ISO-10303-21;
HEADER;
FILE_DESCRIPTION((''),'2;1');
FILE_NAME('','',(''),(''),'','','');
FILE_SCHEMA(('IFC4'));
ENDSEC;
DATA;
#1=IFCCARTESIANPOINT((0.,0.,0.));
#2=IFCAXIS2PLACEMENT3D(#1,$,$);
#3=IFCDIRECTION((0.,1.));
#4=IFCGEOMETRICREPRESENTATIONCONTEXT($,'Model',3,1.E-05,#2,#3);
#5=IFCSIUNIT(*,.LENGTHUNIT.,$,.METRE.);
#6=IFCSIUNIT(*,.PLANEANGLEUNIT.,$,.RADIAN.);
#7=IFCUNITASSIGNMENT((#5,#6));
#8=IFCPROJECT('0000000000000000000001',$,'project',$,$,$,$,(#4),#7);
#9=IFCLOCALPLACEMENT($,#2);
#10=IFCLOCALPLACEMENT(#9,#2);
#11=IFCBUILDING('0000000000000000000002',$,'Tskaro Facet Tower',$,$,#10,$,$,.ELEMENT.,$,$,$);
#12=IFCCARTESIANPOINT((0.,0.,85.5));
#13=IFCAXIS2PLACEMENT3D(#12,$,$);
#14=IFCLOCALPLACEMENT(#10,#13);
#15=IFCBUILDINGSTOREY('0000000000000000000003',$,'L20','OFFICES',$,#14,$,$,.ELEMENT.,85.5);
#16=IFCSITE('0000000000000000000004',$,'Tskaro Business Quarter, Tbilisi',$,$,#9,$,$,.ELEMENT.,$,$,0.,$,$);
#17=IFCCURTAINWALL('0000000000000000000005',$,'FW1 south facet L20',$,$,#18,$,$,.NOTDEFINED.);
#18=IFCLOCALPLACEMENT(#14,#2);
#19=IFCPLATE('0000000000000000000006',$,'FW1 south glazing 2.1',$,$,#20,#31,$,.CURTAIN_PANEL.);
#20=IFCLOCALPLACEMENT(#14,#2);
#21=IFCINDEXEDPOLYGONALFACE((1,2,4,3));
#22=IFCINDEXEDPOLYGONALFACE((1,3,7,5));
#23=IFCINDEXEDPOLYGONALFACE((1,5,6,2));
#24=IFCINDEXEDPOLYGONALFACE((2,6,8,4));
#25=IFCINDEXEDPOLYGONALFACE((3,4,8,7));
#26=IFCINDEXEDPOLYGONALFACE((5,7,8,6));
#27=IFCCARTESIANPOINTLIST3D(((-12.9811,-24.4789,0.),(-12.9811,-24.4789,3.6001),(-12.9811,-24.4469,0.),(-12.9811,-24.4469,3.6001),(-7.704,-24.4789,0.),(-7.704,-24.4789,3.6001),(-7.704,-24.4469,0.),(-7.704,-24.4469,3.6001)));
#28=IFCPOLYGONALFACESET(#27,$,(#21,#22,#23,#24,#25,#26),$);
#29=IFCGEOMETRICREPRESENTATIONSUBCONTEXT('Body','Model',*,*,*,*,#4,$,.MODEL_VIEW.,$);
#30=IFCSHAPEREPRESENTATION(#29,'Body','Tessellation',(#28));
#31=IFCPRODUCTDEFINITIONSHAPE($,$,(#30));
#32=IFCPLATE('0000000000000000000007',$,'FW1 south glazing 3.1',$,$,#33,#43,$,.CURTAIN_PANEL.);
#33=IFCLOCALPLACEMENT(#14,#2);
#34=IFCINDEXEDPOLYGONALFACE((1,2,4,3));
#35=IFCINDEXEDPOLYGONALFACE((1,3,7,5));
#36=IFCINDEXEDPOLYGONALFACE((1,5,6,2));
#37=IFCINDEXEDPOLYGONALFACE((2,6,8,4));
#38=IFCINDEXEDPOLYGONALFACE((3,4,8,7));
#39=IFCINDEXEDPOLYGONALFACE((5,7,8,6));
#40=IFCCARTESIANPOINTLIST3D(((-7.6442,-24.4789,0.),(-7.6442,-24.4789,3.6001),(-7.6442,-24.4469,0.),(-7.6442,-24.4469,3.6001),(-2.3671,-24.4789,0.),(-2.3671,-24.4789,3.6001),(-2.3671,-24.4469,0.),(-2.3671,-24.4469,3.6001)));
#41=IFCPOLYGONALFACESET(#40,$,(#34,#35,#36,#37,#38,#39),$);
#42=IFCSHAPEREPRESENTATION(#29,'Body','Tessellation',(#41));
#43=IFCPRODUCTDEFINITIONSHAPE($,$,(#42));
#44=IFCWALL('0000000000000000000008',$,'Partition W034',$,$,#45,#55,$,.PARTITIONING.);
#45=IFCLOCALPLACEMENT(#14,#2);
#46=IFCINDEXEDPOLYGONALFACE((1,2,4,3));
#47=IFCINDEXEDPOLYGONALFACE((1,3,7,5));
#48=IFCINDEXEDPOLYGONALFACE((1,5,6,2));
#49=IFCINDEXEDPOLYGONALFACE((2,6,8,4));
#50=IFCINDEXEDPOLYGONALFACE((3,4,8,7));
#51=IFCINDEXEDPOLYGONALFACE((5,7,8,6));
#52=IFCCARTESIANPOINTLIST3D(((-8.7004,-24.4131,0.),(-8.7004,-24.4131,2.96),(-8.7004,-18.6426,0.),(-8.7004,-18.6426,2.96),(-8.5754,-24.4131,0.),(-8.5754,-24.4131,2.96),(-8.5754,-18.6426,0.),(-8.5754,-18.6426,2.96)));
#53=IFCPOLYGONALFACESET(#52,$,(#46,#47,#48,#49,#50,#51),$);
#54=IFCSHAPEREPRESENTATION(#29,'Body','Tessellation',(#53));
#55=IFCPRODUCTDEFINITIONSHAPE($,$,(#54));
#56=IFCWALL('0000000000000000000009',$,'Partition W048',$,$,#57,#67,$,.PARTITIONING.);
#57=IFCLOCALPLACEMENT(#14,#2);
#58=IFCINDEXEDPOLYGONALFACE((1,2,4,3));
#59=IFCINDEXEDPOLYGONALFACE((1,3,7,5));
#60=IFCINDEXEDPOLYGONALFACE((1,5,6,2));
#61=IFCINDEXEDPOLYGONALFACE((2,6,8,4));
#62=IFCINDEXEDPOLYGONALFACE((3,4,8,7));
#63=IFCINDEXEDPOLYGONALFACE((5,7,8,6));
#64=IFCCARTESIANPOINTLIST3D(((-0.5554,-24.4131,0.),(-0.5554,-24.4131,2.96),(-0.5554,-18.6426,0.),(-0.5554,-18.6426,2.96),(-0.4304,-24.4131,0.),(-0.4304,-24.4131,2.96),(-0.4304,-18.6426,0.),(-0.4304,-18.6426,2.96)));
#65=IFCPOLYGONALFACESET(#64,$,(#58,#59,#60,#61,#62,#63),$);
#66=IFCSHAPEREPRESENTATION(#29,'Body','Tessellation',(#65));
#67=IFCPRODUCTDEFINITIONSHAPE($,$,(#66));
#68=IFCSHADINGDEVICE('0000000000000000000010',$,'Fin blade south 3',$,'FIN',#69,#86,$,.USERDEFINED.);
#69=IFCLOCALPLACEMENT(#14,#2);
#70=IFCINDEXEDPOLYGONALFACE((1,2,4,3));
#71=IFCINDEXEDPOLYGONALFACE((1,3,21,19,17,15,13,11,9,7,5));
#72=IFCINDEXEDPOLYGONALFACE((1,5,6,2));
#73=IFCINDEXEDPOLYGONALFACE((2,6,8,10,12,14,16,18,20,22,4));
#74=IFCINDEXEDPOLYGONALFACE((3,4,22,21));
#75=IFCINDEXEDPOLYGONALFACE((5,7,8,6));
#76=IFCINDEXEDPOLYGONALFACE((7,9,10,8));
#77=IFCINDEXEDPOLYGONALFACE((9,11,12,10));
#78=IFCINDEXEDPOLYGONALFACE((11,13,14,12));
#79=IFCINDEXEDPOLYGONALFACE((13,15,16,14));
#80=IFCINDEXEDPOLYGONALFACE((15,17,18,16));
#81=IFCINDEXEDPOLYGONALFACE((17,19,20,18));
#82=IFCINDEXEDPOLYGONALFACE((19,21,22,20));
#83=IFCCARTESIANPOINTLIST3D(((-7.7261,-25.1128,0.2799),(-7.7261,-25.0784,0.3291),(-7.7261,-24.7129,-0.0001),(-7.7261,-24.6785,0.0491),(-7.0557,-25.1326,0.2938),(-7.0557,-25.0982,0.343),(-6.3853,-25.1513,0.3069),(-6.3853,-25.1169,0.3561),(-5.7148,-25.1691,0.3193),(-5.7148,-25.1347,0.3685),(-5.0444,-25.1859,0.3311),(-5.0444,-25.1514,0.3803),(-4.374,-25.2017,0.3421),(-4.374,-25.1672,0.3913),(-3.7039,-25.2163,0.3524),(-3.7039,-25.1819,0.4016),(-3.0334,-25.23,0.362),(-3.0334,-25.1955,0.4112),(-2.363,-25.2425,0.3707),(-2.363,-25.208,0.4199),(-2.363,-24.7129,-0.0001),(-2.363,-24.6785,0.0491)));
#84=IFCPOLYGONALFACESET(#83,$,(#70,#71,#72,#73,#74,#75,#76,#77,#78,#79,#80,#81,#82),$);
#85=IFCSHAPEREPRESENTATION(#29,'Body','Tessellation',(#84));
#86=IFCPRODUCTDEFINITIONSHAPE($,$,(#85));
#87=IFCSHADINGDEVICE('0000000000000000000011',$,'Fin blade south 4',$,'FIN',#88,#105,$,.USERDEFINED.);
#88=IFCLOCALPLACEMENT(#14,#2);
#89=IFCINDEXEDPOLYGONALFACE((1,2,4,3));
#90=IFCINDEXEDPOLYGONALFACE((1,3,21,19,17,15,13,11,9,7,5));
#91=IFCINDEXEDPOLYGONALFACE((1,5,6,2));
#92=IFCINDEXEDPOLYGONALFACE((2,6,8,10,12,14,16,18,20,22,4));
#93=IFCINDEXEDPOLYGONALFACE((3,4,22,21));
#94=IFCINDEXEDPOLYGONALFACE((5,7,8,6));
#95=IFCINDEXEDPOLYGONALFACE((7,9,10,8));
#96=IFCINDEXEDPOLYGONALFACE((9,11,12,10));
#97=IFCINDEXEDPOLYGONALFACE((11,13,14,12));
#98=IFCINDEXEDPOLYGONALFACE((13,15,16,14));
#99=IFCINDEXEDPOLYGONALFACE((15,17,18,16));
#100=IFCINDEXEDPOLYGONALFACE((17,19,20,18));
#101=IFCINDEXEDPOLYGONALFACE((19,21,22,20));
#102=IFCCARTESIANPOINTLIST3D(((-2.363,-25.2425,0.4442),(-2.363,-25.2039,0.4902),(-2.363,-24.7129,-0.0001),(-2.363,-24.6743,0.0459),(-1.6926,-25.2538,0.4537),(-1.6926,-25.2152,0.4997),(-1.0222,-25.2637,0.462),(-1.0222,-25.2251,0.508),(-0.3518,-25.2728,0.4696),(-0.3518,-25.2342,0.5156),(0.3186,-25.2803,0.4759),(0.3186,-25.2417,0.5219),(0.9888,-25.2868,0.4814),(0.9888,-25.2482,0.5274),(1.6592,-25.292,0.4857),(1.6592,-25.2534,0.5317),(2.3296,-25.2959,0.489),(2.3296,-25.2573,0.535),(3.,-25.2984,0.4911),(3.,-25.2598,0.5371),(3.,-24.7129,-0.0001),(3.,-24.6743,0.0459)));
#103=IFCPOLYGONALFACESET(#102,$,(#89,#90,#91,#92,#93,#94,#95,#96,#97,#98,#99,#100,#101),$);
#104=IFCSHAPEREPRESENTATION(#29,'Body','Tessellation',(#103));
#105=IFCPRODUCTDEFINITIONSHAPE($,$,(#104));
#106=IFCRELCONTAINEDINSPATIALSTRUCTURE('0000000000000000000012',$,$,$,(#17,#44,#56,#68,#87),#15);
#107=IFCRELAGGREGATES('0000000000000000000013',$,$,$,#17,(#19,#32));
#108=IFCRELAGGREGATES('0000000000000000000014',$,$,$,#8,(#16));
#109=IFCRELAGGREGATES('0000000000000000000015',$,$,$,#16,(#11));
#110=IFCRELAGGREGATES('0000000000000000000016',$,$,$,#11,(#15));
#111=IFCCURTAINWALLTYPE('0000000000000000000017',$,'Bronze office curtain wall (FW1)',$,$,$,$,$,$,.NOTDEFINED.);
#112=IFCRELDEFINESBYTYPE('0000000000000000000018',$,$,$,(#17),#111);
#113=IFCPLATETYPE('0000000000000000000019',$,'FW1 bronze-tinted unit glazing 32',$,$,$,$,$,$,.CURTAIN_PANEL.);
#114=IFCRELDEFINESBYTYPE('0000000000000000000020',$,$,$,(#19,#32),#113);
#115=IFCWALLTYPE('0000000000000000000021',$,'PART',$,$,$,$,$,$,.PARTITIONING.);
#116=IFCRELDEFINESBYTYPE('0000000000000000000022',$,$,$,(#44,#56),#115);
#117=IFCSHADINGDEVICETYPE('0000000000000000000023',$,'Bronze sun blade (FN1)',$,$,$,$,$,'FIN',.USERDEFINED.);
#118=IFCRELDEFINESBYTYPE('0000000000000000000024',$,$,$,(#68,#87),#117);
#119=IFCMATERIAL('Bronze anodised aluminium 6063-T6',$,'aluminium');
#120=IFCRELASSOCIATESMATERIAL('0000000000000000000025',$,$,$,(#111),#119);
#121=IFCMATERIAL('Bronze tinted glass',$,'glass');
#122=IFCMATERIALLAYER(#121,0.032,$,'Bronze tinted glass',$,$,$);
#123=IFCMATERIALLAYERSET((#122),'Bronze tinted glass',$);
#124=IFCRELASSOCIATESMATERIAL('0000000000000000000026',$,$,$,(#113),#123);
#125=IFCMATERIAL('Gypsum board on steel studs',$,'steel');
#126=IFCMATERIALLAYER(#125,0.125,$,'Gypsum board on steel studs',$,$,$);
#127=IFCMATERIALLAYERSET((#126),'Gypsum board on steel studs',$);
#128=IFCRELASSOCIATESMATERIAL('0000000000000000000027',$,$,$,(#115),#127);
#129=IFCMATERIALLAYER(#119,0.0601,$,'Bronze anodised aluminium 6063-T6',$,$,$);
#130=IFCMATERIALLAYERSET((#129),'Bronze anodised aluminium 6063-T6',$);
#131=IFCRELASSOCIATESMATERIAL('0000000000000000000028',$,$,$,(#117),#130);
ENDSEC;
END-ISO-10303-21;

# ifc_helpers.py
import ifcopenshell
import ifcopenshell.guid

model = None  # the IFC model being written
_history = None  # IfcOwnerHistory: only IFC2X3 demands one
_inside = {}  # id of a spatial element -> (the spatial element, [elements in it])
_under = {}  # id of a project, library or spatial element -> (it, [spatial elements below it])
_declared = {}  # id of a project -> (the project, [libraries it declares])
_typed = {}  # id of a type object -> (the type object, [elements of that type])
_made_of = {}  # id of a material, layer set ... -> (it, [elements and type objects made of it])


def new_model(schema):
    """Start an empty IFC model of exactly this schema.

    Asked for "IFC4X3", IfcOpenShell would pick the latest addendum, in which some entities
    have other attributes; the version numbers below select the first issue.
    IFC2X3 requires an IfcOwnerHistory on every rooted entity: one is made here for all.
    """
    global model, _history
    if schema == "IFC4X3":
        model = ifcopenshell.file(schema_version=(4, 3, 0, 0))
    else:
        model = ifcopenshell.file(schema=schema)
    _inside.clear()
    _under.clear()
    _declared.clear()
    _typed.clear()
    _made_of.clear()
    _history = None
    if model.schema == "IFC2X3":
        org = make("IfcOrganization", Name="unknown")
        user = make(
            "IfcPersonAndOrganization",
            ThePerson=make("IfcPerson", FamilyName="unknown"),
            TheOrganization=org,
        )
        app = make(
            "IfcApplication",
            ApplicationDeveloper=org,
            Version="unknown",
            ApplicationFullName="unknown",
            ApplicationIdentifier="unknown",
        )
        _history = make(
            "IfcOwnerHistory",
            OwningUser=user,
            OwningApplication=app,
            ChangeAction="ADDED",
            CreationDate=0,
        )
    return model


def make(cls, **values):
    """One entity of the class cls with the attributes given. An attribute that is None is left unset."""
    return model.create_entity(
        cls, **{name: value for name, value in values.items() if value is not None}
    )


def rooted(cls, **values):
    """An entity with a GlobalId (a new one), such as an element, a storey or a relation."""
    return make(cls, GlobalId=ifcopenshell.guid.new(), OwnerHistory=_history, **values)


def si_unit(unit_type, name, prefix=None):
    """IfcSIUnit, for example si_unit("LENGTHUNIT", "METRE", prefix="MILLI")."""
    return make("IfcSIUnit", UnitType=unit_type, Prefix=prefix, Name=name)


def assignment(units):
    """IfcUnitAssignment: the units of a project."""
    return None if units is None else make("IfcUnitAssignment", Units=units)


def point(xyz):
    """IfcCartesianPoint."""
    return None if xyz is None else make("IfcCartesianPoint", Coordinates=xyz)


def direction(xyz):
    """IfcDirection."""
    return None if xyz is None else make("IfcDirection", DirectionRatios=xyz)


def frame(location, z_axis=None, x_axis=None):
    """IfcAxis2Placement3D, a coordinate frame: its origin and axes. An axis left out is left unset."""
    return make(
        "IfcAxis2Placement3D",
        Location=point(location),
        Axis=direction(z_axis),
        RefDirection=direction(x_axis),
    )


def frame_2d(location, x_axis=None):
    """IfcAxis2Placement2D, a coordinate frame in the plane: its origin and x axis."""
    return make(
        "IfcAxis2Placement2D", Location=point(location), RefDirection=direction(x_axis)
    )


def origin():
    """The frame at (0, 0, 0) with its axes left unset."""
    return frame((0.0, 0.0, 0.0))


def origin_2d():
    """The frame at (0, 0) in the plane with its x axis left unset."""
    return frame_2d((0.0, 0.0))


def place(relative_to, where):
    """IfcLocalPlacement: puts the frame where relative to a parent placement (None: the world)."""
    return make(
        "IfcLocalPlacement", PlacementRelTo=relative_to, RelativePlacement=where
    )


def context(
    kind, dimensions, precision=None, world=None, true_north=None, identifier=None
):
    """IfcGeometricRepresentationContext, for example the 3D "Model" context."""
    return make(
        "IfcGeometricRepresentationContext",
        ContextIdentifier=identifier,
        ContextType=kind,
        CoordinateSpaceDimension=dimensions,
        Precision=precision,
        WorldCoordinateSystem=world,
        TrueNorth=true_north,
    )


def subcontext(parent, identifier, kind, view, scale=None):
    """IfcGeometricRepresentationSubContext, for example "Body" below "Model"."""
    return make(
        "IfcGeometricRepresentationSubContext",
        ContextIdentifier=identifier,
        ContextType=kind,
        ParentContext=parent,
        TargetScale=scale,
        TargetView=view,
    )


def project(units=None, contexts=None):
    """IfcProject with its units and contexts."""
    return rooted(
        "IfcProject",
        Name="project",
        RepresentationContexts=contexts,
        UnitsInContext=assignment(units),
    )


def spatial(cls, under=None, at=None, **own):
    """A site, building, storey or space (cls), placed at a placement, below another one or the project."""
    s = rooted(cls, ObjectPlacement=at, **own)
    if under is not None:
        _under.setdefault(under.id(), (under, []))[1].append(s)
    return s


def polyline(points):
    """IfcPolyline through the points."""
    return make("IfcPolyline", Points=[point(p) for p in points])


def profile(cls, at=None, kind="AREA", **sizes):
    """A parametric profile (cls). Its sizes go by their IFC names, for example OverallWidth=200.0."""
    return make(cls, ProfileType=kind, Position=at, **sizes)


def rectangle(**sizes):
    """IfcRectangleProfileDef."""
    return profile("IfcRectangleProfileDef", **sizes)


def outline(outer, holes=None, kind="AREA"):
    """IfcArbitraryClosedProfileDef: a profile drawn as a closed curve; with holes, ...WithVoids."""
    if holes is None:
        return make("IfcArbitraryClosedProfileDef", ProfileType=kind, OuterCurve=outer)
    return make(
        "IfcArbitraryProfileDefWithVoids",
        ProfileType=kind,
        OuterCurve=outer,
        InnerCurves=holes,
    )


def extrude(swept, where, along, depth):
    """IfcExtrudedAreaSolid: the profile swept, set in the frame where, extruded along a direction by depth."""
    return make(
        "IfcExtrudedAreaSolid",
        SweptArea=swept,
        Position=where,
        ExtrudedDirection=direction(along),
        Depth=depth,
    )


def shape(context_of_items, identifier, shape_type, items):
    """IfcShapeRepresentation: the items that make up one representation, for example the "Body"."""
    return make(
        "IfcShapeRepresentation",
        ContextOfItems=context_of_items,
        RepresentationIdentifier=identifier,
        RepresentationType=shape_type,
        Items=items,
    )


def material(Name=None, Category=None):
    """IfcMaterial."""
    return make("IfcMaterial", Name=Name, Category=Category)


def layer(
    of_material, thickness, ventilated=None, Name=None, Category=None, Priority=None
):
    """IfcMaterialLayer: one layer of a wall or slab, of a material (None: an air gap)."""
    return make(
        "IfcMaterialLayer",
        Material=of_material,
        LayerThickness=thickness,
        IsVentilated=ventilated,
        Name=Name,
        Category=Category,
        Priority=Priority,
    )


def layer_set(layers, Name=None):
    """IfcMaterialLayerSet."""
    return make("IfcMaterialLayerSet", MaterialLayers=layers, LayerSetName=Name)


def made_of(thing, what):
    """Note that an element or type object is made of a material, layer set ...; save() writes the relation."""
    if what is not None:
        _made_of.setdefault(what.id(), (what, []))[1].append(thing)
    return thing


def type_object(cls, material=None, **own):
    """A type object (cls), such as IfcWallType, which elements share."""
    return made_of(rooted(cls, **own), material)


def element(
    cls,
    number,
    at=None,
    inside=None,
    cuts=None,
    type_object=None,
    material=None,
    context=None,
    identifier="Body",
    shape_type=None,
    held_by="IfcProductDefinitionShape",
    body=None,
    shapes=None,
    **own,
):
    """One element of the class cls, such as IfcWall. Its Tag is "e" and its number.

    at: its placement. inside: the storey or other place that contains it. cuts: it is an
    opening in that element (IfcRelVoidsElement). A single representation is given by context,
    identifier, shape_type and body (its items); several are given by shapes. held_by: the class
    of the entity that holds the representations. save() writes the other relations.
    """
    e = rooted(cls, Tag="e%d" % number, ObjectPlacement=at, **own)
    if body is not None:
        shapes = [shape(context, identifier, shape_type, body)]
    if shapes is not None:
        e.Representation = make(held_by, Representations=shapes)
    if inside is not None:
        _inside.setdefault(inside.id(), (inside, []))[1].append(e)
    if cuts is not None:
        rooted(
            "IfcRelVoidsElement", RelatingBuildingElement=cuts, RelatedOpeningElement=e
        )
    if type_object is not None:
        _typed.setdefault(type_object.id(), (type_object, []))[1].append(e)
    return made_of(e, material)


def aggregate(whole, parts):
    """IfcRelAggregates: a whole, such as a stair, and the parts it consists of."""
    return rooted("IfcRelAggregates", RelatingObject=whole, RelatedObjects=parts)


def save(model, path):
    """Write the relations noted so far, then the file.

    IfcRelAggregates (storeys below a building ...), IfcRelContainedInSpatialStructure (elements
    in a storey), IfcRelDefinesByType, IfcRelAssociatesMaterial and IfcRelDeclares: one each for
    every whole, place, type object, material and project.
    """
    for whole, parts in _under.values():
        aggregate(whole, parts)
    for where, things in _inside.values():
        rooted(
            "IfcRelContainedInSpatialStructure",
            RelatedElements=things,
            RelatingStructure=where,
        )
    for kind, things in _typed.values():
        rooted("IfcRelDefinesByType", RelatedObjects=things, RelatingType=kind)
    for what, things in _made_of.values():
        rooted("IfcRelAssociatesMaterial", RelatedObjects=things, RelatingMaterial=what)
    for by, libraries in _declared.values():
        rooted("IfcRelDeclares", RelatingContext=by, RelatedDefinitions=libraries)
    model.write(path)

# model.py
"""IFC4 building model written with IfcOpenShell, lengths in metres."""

from ifc_helpers import new_model, si_unit, direction, frame, frame_2d, origin, origin_2d, place, context, subcontext, project, spatial, polyline, rectangle, outline, extrude, material, layer, layer_set, type_object, element, aggregate, save


model = new_model("IFC4")

# Units and contexts
model_context = context("Model", 3, precision=1e-05, world=origin(), true_north=direction((0.0, 1.0)))
body_context = subcontext(model_context, "Body", "Model", "MODEL_VIEW")
ifc_project = project(units=[si_unit("LENGTHUNIT", "METRE"), si_unit("PLANEANGLEUNIT", "RADIAN")], contexts=[model_context])

# Site, building, storey
site_placement = place(None, origin())
site = spatial("IfcSite", under=ifc_project, at=site_placement, Name="Tskaro Business Quarter, Tbilisi", CompositionType="ELEMENT", RefElevation=0.0)
building_placement = place(site_placement, origin())
building = spatial("IfcBuilding", under=site, at=building_placement, Name="Tskaro Facet Tower", CompositionType="ELEMENT")
storey_placement = place(building_placement, frame((0.0, 0.0, 85.5)))
storey = spatial("IfcBuildingStorey", under=building, at=storey_placement, Name="L20", Description="OFFICES", CompositionType="ELEMENT", Elevation=85.5)

# Curtain wall
ifc_material_1 = material(Name="Bronze anodised aluminium 6063-T6", Category="aluminium")
curtain_wall_type = type_object("IfcCurtainWallType", Name="Bronze office curtain wall (FW1)", PredefinedType="NOTDEFINED", material=ifc_material_1)
curtain_wall_placement = place(storey_placement, origin())
curtain_wall = element("IfcCurtainWall", 1, at=curtain_wall_placement, inside=storey, type_object=curtain_wall_type, Name="FW1 south facet L20", PredefinedType="NOTDEFINED")

# Plates
ifc_material_2 = material(Name="Bronze tinted glass", Category="glass")
ifc_layer_1 = layer(ifc_material_2, 0.032, Name="Bronze tinted glass")
ifc_layer_set_1 = layer_set([ifc_layer_1], Name="Bronze tinted glass")
plate_type = type_object("IfcPlateType", Name="FW1 bronze-tinted unit glazing 32", PredefinedType="CURTAIN_PANEL", material=ifc_layer_set_1)
plate_1_placement = place(storey_placement, frame((-10.3425, -24.4629, 0.0), z_axis=(0.0, 0.0, 1.0), x_axis=(1.0, 0.0, 0.0)))
plate_1 = element("IfcPlate", 2, at=plate_1_placement, type_object=plate_type, Name="FW1 south glazing 2.1", PredefinedType="CURTAIN_PANEL", context=body_context, shape_type="SweptSolid", body=[
    extrude(rectangle(XDim=5.2771, YDim=0.032, at=origin_2d()), origin(), (0.0, 0.0, 1.0), 3.6001),
])
plate_2_placement = place(storey_placement, frame((-5.0056, -24.4629, 0.0), z_axis=(0.0, 0.0, 1.0), x_axis=(1.0, 0.0, 0.0)))
plate_2 = element("IfcPlate", 3, at=plate_2_placement, type_object=plate_type, Name="FW1 south glazing 3.1", PredefinedType="CURTAIN_PANEL", context=body_context, shape_type="SweptSolid", body=[
    extrude(rectangle(XDim=5.2771, YDim=0.032, at=origin_2d()), origin(), (0.0, 0.0, 1.0), 3.6001),
])
aggregate(curtain_wall, [plate_1, plate_2])

# Walls
ifc_material_3 = material(Name="Gypsum board on steel studs", Category="steel")
ifc_layer_2 = layer(ifc_material_3, 0.125, Name="Gypsum board on steel studs")
ifc_layer_set_2 = layer_set([ifc_layer_2], Name="Gypsum board on steel studs")
wall_type = type_object("IfcWallType", Name="PART", PredefinedType="PARTITIONING", material=ifc_layer_set_2)
for number, where, z_axis, x_axis, name in (
    (4, (-8.6379, -24.4131, 0.0), (0.0, 0.0, 1.0), (0.0, 1.0, 0.0), "Partition W034"),
    (5, (-0.4929, -24.4131, 0.0), (0.0, 0.0, 1.0), (0.0, 1.0, 0.0), "Partition W048"),
):
    element("IfcWall", number, at=place(storey_placement, frame(where, z_axis=z_axis, x_axis=x_axis)), inside=storey, type_object=wall_type, Name=name, PredefinedType="PARTITIONING", context=body_context, shape_type="SweptSolid", body=[
        extrude(rectangle(XDim=5.7705, YDim=0.125, at=frame_2d((2.8853, 0.0))), origin(), (0.0, 0.0, 1.0), 2.96),
    ])

# Shading devices
ifc_layer_3 = layer(ifc_material_1, 0.0601, Name="Bronze anodised aluminium 6063-T6")
ifc_layer_set_3 = layer_set([ifc_layer_3], Name="Bronze anodised aluminium 6063-T6")
shading_device_type = type_object("IfcShadingDeviceType", Name="Bronze sun blade (FN1)", ElementType="FIN", PredefinedType="USERDEFINED", material=ifc_layer_set_3)
shading_device_1_placement = place(storey_placement, frame((-7.7261, -24.6785, 0.0491), z_axis=(-0.000004, 0.573585, 0.819146), x_axis=(1.0, 0.000002, 0.000003)))
element("IfcShadingDevice", 6, at=shading_device_1_placement, inside=storey, type_object=shading_device_type, Name="Fin blade south 3", ObjectType="FIN", PredefinedType="USERDEFINED", context=body_context, shape_type="SweptSolid", body=[
    extrude(outline(polyline([(0.0, 0.0), (5.363, 0.0), (5.363, -0.6465), (4.6926, -0.6312), (4.0222, -0.6146), (3.3521, -0.5967), (2.6816, -0.5774), (2.0112, -0.5569), (1.3408, -0.5352), (0.6704, -0.5124), (0.0, -0.4882), (0.0, 0.0)])), origin(), (0.0, 0.0, -1.0), 0.0601),
])
shading_device_2_placement = place(storey_placement, frame((-2.363, -24.6743, 0.0459), z_axis=(0.000002, 0.642747, 0.766078), x_axis=(1.0, -0.000002, -0.000002)))
element("IfcShadingDevice", 7, at=shading_device_2_placement, inside=storey, type_object=shading_device_type, Name="Fin blade south 4", ObjectType="FIN", PredefinedType="USERDEFINED", context=body_context, shape_type="SweptSolid", body=[
    extrude(outline(polyline([(0.0, 0.0), (5.363, 0.0), (5.363, -0.7642), (4.6926, -0.7609), (4.0222, -0.7559), (3.3518, -0.7492), (2.6816, -0.7407), (2.0112, -0.7308), (1.3408, -0.719), (0.6704, -0.706), (0.0, -0.6913), (0.0, 0.0)])), origin(), (0.0, 0.0, -1.0), 0.0601),
])

save(model, "model.ifc")
